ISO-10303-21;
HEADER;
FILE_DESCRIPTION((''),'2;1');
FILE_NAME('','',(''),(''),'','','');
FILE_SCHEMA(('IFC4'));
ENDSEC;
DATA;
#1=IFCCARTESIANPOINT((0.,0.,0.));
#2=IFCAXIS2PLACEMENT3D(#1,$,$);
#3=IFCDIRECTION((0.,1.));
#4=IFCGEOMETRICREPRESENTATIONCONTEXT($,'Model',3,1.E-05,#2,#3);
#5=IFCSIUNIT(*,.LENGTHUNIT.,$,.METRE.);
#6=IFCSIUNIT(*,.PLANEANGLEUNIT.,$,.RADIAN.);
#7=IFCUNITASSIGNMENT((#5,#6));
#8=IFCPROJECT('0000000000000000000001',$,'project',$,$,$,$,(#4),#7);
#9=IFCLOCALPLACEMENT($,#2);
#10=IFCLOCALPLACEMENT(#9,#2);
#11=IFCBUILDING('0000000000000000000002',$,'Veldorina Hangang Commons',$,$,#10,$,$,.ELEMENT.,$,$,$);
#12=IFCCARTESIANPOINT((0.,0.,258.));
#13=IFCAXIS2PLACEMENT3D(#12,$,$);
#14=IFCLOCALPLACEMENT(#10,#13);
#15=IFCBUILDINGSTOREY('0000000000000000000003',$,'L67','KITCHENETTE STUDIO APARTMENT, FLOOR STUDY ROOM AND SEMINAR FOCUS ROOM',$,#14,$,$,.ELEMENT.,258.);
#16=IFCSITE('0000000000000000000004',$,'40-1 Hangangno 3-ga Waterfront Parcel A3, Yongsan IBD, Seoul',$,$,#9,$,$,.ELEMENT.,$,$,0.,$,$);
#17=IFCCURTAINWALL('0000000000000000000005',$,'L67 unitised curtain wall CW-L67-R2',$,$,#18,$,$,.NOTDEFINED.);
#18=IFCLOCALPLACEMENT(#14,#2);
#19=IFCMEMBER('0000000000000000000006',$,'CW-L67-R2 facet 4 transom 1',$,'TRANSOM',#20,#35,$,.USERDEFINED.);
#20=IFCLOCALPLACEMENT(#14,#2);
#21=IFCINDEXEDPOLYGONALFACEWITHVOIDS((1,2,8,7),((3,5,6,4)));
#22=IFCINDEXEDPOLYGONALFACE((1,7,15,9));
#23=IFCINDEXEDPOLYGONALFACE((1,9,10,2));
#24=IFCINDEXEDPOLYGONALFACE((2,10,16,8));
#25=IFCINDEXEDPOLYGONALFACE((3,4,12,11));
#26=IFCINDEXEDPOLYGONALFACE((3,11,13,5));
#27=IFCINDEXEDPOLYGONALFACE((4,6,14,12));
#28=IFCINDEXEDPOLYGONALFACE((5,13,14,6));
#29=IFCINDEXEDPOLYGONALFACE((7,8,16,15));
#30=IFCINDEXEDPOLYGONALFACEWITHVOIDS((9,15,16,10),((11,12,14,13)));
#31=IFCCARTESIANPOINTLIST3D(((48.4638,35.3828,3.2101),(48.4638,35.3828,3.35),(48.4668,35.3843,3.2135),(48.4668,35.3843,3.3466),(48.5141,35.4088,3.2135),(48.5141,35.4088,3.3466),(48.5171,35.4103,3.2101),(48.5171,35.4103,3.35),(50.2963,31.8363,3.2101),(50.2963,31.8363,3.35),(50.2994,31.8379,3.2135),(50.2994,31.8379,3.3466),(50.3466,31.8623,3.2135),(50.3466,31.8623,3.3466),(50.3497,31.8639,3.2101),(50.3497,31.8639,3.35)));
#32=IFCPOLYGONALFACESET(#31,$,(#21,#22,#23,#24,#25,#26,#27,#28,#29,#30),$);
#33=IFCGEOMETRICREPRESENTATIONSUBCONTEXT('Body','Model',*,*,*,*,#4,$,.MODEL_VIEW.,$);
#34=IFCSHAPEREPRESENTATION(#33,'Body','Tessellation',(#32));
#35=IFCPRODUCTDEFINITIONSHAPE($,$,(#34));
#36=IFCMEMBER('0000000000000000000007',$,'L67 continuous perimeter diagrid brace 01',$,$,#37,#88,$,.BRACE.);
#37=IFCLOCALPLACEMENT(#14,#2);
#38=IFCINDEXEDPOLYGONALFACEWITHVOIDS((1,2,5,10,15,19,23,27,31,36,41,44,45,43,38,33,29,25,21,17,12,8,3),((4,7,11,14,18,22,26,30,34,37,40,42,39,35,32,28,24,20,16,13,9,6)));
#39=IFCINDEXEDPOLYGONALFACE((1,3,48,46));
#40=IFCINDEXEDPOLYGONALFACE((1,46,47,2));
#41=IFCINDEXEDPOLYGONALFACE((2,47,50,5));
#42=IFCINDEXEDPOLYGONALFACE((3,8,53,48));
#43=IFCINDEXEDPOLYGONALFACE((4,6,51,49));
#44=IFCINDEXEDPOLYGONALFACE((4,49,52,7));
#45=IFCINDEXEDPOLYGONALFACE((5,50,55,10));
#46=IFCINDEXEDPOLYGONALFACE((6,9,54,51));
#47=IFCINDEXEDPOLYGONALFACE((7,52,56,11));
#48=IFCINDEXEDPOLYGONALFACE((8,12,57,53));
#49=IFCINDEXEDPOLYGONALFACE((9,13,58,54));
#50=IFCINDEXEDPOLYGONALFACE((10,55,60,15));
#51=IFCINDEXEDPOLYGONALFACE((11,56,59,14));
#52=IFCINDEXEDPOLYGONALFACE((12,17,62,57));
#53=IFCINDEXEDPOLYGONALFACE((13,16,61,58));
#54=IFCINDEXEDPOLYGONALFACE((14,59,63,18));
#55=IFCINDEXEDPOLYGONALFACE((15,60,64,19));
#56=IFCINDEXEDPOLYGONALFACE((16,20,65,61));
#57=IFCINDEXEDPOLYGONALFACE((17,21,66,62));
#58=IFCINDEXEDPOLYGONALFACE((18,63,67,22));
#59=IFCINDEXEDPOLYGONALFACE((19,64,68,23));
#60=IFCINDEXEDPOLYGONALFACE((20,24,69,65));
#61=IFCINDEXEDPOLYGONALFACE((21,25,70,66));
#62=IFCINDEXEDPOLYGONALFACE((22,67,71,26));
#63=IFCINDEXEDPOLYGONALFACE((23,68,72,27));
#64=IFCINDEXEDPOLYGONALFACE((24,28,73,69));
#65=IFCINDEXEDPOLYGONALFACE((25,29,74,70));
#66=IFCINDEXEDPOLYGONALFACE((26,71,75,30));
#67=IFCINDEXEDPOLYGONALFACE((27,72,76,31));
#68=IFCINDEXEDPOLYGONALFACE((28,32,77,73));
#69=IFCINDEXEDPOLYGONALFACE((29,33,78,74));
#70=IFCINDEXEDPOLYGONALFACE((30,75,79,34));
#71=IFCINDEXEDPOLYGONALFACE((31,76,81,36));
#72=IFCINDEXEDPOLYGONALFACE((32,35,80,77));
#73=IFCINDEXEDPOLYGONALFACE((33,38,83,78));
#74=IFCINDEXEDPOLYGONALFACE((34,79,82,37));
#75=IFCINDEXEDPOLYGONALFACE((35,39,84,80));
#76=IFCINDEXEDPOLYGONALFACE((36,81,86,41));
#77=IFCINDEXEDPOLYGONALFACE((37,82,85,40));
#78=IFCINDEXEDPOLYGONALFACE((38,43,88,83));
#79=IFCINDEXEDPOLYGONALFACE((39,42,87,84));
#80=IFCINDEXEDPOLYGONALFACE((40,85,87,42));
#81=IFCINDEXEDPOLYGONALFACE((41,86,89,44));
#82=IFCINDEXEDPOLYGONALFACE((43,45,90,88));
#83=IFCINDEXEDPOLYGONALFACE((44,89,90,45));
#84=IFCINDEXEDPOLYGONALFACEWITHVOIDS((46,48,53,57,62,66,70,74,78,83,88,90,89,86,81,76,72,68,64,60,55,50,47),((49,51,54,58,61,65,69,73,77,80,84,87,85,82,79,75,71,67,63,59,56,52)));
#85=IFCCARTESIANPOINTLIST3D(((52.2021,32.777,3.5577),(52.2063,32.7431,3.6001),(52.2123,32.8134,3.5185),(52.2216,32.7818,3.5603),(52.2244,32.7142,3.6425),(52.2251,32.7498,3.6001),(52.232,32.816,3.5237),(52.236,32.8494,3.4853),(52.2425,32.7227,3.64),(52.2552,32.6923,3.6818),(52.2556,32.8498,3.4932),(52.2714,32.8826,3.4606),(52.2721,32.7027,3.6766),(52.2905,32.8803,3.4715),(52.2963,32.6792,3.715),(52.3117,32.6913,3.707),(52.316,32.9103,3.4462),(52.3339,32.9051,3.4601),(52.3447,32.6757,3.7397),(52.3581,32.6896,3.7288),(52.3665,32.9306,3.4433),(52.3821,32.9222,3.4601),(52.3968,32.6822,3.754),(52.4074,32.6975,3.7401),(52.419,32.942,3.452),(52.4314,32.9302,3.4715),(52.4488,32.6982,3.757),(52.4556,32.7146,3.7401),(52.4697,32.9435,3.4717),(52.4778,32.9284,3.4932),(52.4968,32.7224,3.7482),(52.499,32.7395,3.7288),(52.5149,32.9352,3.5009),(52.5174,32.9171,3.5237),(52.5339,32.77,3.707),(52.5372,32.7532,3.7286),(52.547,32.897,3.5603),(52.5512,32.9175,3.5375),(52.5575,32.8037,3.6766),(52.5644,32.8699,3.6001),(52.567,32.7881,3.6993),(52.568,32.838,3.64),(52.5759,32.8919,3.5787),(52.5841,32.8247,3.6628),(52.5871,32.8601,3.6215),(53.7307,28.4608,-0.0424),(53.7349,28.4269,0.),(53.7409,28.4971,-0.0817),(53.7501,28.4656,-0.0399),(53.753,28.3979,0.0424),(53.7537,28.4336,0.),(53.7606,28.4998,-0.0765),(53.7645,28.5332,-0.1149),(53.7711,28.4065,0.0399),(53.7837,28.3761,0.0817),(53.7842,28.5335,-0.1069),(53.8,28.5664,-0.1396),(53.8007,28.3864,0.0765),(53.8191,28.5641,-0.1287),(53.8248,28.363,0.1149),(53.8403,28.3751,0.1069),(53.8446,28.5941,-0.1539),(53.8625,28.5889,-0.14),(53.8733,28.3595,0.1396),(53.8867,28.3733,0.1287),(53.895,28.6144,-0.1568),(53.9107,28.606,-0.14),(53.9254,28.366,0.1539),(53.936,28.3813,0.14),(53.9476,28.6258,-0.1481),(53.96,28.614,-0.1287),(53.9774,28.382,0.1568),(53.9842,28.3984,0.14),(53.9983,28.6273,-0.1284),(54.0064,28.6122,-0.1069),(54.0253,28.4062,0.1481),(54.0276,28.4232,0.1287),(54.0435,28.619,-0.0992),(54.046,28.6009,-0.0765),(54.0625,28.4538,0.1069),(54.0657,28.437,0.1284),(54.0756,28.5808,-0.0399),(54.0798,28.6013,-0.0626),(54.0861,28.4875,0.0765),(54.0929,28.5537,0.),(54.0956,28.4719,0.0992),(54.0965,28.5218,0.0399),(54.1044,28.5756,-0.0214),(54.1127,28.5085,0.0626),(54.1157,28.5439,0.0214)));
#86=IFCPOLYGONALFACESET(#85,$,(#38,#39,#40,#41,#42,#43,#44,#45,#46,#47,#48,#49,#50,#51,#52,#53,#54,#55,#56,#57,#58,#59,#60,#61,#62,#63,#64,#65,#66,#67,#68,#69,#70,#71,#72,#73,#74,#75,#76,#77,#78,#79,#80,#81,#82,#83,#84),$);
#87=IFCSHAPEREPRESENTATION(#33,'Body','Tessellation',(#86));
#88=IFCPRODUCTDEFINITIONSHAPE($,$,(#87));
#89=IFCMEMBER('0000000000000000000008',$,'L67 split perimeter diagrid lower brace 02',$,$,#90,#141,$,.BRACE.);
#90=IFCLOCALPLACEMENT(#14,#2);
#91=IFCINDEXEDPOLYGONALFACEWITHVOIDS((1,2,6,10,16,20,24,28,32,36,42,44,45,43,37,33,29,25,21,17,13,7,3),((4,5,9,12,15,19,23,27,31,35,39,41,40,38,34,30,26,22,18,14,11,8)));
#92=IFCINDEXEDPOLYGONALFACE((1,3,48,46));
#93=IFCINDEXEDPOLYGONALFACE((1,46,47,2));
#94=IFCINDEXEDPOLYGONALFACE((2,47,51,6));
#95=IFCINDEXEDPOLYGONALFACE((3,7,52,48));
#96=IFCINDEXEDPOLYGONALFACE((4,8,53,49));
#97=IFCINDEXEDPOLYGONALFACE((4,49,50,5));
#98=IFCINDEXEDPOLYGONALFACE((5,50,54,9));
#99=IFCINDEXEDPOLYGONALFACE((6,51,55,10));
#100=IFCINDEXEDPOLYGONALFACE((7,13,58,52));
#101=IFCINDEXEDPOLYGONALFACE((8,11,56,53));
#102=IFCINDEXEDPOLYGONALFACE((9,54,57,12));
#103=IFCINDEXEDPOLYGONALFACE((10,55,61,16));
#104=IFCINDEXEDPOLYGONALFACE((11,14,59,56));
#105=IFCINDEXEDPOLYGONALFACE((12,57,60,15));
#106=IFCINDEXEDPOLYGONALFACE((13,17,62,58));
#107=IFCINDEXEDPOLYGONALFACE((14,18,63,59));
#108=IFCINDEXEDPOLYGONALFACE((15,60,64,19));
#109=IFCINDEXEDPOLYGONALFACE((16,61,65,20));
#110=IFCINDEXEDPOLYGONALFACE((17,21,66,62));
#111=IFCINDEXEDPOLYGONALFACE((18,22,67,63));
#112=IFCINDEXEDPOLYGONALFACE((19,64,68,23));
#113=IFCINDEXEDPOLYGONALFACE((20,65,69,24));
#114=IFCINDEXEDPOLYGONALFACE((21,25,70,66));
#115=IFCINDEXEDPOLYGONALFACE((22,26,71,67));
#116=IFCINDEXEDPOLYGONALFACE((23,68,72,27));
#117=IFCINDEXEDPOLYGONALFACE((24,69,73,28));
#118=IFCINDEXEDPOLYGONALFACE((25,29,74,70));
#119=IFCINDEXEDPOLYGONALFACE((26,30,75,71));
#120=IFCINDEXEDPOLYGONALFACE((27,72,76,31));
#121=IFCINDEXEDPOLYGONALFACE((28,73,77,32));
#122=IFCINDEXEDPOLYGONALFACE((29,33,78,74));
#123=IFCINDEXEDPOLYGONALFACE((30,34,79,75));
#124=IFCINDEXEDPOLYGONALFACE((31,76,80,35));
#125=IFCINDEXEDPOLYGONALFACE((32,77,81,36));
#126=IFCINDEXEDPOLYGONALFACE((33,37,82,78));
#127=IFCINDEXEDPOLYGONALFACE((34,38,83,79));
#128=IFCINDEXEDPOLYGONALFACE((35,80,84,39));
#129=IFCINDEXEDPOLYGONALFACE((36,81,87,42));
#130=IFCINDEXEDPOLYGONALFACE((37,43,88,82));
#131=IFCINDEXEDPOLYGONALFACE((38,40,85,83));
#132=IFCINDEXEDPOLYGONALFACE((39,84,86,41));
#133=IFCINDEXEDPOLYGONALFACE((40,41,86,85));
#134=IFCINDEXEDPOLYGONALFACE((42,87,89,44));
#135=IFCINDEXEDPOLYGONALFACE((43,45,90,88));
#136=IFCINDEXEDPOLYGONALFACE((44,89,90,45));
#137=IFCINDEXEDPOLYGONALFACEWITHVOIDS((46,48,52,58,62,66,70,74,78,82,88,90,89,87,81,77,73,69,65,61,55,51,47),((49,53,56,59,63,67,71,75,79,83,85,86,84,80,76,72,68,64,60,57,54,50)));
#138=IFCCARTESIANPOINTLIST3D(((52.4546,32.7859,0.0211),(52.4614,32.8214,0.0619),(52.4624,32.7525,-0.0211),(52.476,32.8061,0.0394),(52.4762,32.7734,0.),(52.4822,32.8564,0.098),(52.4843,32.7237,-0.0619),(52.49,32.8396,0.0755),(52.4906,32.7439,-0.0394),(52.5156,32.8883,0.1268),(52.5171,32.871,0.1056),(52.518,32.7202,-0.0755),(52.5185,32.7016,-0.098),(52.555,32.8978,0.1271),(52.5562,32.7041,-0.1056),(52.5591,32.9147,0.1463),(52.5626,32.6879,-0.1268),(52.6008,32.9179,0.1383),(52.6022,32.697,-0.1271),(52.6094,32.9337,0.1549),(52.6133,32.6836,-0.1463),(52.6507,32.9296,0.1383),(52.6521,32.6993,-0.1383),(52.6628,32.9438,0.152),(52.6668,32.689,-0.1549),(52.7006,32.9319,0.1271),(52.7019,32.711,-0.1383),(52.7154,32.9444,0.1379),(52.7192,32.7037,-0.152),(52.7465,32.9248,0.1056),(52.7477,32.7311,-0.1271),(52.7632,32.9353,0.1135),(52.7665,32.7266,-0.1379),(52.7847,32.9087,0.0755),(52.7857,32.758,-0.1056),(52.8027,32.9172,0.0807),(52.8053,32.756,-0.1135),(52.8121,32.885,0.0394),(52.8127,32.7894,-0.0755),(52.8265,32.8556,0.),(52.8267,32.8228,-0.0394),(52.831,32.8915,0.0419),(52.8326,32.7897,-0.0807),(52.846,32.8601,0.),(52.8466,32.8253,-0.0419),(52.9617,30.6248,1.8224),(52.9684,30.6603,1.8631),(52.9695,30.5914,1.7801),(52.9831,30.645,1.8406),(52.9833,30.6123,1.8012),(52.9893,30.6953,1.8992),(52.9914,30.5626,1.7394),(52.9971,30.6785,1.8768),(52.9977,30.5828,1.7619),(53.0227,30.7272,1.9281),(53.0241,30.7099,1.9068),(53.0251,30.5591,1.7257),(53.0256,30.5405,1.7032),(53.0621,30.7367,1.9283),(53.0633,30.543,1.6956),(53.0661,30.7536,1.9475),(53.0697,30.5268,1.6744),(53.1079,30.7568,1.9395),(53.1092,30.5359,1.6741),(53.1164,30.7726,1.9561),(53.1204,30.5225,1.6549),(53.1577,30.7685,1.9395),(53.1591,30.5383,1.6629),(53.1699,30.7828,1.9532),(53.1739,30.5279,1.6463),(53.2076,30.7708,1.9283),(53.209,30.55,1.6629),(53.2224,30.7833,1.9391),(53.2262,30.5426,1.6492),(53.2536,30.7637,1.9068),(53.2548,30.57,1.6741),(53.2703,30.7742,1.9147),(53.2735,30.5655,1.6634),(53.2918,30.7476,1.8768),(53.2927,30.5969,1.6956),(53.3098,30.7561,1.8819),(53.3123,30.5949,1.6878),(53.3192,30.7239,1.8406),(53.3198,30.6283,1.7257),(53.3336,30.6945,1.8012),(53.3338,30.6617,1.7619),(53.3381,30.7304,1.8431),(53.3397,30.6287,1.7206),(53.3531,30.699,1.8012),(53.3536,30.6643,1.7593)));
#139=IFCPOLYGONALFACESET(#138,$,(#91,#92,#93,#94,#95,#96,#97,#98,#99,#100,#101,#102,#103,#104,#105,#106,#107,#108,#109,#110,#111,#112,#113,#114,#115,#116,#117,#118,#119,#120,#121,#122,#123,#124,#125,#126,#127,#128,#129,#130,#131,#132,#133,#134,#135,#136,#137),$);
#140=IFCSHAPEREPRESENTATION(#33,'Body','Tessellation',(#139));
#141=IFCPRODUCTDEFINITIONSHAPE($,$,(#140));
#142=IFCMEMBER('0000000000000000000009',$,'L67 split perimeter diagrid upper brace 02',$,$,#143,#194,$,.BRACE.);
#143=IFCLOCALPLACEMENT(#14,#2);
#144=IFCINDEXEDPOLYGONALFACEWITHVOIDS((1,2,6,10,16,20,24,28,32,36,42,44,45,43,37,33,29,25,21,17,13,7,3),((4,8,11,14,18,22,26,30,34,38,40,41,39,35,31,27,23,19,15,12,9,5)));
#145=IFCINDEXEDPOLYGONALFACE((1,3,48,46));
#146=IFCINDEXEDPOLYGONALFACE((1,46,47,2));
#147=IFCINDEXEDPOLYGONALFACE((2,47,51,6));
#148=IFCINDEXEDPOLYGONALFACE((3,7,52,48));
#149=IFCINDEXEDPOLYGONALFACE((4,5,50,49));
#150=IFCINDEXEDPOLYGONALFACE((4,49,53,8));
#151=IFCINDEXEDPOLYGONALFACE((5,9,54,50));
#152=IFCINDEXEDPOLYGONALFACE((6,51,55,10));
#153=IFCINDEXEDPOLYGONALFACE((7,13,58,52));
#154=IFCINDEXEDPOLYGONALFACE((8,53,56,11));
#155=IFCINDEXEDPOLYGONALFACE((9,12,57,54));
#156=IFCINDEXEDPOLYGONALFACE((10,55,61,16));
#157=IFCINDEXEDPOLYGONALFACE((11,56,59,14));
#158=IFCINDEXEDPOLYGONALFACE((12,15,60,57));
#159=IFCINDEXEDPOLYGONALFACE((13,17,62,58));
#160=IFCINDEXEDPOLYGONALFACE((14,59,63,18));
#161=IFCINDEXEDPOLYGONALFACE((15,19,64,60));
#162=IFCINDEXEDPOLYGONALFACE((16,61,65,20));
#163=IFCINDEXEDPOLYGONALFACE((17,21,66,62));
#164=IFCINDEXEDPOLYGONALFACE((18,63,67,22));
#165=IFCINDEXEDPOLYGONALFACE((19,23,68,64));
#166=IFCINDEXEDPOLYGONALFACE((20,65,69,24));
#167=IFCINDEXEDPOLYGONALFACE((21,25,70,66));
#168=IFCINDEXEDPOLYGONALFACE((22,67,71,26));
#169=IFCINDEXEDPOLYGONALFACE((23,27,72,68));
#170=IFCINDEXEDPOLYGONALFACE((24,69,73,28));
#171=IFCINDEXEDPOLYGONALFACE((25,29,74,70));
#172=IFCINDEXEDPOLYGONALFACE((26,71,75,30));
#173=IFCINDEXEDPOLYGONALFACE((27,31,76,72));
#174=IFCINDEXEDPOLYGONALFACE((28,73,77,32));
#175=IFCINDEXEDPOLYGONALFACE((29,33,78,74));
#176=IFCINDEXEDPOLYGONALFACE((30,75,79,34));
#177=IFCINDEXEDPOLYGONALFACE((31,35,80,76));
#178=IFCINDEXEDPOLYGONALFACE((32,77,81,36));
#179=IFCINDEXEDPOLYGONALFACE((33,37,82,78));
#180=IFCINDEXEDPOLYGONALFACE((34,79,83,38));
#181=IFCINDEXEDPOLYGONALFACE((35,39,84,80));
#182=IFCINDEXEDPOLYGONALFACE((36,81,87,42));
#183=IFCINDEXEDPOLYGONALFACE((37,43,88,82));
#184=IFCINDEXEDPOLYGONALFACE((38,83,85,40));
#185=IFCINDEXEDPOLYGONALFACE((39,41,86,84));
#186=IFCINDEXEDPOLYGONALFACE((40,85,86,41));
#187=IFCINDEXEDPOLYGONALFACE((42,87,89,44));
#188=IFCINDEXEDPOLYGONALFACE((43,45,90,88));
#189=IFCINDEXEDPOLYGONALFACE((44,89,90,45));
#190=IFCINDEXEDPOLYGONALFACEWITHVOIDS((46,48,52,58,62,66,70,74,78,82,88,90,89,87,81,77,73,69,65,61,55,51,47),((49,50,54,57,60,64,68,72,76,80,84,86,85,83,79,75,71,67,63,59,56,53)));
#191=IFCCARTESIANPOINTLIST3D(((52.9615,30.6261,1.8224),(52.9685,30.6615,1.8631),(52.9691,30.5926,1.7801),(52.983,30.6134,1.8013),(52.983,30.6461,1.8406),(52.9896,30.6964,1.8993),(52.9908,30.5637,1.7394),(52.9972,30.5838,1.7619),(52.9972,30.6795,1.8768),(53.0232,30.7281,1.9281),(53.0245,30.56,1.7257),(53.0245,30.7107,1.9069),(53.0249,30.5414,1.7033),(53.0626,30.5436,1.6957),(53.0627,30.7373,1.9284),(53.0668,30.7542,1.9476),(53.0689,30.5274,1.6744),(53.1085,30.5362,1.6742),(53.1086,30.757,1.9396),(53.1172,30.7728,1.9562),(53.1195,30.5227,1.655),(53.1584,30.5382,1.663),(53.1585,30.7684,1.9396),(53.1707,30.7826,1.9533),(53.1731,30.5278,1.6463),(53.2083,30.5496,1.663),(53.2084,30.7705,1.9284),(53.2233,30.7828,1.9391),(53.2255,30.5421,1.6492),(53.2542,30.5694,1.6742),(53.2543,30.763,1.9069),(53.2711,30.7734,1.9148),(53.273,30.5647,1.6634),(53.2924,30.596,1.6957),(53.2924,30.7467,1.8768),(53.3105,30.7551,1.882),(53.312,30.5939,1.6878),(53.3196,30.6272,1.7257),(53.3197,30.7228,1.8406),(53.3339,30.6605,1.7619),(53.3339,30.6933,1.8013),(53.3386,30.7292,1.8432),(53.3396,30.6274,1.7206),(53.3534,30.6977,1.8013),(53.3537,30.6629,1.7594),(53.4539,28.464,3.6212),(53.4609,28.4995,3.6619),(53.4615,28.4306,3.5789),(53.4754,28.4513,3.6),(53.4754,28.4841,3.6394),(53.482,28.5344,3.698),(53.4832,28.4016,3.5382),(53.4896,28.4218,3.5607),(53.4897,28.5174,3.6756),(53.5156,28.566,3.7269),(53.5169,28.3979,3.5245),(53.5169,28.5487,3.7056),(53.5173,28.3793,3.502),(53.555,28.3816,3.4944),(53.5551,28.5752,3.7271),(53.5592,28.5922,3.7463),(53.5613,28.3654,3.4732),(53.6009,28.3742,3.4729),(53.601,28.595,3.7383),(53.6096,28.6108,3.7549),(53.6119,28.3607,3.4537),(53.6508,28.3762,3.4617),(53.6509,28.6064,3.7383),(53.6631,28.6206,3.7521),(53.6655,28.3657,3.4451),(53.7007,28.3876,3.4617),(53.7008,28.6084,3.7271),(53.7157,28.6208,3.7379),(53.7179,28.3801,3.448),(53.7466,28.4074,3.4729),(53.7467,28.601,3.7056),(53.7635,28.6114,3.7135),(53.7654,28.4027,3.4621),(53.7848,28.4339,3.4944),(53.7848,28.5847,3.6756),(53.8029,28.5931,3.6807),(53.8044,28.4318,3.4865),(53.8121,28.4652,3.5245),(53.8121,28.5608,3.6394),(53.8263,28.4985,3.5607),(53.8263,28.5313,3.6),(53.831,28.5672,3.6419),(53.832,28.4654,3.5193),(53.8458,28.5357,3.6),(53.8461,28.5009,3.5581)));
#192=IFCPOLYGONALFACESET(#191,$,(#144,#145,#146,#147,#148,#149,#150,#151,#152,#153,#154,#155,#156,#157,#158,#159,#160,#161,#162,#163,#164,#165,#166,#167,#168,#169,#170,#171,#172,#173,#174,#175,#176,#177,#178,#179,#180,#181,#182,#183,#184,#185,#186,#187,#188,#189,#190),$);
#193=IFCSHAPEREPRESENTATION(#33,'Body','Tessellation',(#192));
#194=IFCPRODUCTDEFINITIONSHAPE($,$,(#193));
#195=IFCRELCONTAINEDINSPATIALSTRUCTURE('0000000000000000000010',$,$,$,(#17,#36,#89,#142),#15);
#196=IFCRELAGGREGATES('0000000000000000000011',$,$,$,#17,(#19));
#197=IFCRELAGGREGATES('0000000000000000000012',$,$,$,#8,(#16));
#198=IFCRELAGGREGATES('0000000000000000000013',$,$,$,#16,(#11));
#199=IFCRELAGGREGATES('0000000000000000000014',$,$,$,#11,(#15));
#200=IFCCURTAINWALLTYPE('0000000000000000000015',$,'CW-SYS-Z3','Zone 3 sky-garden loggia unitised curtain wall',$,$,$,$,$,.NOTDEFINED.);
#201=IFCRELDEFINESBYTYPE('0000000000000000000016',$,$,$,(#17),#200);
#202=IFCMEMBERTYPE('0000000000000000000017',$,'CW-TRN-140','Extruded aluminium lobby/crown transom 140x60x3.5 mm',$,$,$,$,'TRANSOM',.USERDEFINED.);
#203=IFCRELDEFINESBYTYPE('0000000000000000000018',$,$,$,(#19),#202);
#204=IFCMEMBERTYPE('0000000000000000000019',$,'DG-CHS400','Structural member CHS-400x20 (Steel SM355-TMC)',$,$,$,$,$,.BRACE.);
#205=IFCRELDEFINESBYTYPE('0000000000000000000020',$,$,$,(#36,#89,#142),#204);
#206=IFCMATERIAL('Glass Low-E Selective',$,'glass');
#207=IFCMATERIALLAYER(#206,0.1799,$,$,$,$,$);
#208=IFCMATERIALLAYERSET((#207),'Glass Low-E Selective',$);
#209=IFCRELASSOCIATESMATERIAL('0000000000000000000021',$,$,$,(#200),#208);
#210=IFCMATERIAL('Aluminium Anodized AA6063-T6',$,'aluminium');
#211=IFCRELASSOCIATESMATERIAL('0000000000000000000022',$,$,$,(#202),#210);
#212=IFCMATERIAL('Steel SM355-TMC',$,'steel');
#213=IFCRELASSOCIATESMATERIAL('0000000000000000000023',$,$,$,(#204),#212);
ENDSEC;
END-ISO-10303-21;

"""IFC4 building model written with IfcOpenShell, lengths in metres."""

from ifc_helpers import new_model, si_unit, direction, frame, origin, origin_2d, place, context, subcontext, project, spatial, hollow_rectangle, hollow_circle, extrude, material, layer, layer_set, material_profile, profile_set, type_object, element, aggregate, save


model = new_model("IFC4")

# Units and contexts
model_context = context("Model", 3, precision=1e-05, world=origin(), true_north=direction((0.0, 1.0)))
body_context = subcontext(model_context, "Body", "Model", "MODEL_VIEW")
ifc_project = project(units=[si_unit("LENGTHUNIT", "METRE"), si_unit("PLANEANGLEUNIT", "RADIAN")], contexts=[model_context])

# Site, building, storey
site_placement = place(None, origin())
site = spatial("IfcSite", under=ifc_project, at=site_placement, Name="40-1 Hangangno 3-ga Waterfront Parcel A3, Yongsan IBD, Seoul", CompositionType="ELEMENT", RefElevation=0.0)
building_placement = place(site_placement, origin())
building = spatial("IfcBuilding", under=site, at=building_placement, Name="Veldorina Hangang Commons", CompositionType="ELEMENT")
storey_placement = place(building_placement, frame((0.0, 0.0, 258.0)))
storey = spatial("IfcBuildingStorey", under=building, at=storey_placement, Name="L67", Description="KITCHENETTE STUDIO APARTMENT, FLOOR STUDY ROOM AND SEMINAR FOCUS ROOM", CompositionType="ELEMENT", Elevation=258.0)

# Shared definitions
ifc_material_1 = material(Name="Steel SM355-TMC", Category="steel")

# Curtain wall, member
ifc_material_2 = material(Name="Glass Low-E Selective", Category="glass")
ifc_layer_1 = layer(ifc_material_2, 0.1799)
ifc_layer_set_1 = layer_set([ifc_layer_1], Name="Glass Low-E Selective")
curtain_wall_type = type_object("IfcCurtainWallType", Name="CW-SYS-Z3", Description="Zone 3 sky-garden loggia unitised curtain wall", PredefinedType="NOTDEFINED", material=ifc_layer_set_1)
curtain_wall_placement = place(storey_placement, origin())
curtain_wall = element("IfcCurtainWall", 1, at=curtain_wall_placement, inside=storey, type_object=curtain_wall_type, Name="L67 unitised curtain wall CW-L67-R2", PredefinedType="NOTDEFINED")
ifc_material_3 = material(Name="Aluminium Anodized AA6063-T6", Category="aluminium")
ifc_material_profile_1 = material_profile(ifc_material_3, hollow_rectangle(XDim=0.0601, YDim=0.1399, WallThickness=0.0034, at=origin_2d()), Name="ALU-RHS-140x60x3.5")
ifc_profile_set_1 = profile_set([ifc_material_profile_1], Name="Aluminium Anodized AA6063-T6")
member_type_1 = type_object("IfcMemberType", Name="CW-TRN-140", Description="Extruded aluminium lobby/crown transom 140x60x3.5 mm", ElementType="TRANSOM", PredefinedType="USERDEFINED", material=ifc_profile_set_1)
member_1_placement = place(storey_placement, frame((50.323, 31.8501, 3.28), z_axis=(-0.459063, 0.888403, 0.0), x_axis=(-0.888403, -0.459063, 0.0)))
member_1 = element("IfcMember", 2, at=member_1_placement, type_object=member_type_1, Name="CW-L67-R2 facet 4 transom 1", ObjectType="TRANSOM", PredefinedType="USERDEFINED", context=body_context, shape_type="SweptSolid", body=[
    extrude(hollow_rectangle(XDim=0.0601, YDim=0.1399, WallThickness=0.0034, at=origin_2d()), origin(), (0.0, 0.0, 1.0), 3.9919),
])

# Members
ifc_material_profile_2 = material_profile(ifc_material_1, hollow_circle(Radius=0.2, WallThickness=0.02, at=origin_2d()), Name="CHS-400x20")
ifc_profile_set_2 = profile_set([ifc_material_profile_2], Name="Steel SM355-TMC")
member_type_2 = type_object("IfcMemberType", Name="DG-CHS400", Description="Structural member CHS-400x20 (Steel SM355-TMC)", PredefinedType="BRACE", material=ifc_profile_set_2)
member_2_placement = place(storey_placement, frame((53.9233, 28.4937, 0.0), z_axis=(-0.262431, 0.741017, 0.61808), x_axis=(-0.942632, -0.333832, 0.0)))
element("IfcMember", 3, at=member_2_placement, inside=storey, type_object=member_type_2, Name="L67 continuous perimeter diagrid brace 01", PredefinedType="BRACE", context=body_context, shape_type="SweptSolid", body=[
    extrude(hollow_circle(Radius=0.2, WallThickness=0.02, at=origin_2d()), origin(), (0.0, 0.0, 1.0), 5.8247),
])
member_3_placement = place(storey_placement, frame((52.6514, 32.8145, 0.0), z_axis=(0.177381, -0.755983, 0.6301), x_axis=(0.97356, 0.228432, 0.0)))
element("IfcMember", 4, at=member_3_placement, inside=storey, type_object=member_type_2, Name="L67 split perimeter diagrid lower brace 02", PredefinedType="BRACE", context=body_context, shape_type="SweptSolid", body=[
    extrude(hollow_circle(Radius=0.2, WallThickness=0.02, at=origin_2d()), origin(), (0.0, 0.0, 1.0), 2.8586),
])
member_4_placement = place(storey_placement, frame((53.1584, 30.6533, 1.8013), z_axis=(0.17246, -0.757215, 0.629987), x_axis=(0.975031, 0.222068, 0.0)))
element("IfcMember", 5, at=member_4_placement, inside=storey, type_object=member_type_2, Name="L67 split perimeter diagrid upper brace 02", PredefinedType="BRACE", context=body_context, shape_type="SweptSolid", body=[
    extrude(hollow_circle(Radius=0.2, WallThickness=0.02, at=origin_2d()), origin(), (0.0, 0.0, 1.0), 2.8552),
])

aggregate(curtain_wall, [member_1])

save(model, "model.ifc")
